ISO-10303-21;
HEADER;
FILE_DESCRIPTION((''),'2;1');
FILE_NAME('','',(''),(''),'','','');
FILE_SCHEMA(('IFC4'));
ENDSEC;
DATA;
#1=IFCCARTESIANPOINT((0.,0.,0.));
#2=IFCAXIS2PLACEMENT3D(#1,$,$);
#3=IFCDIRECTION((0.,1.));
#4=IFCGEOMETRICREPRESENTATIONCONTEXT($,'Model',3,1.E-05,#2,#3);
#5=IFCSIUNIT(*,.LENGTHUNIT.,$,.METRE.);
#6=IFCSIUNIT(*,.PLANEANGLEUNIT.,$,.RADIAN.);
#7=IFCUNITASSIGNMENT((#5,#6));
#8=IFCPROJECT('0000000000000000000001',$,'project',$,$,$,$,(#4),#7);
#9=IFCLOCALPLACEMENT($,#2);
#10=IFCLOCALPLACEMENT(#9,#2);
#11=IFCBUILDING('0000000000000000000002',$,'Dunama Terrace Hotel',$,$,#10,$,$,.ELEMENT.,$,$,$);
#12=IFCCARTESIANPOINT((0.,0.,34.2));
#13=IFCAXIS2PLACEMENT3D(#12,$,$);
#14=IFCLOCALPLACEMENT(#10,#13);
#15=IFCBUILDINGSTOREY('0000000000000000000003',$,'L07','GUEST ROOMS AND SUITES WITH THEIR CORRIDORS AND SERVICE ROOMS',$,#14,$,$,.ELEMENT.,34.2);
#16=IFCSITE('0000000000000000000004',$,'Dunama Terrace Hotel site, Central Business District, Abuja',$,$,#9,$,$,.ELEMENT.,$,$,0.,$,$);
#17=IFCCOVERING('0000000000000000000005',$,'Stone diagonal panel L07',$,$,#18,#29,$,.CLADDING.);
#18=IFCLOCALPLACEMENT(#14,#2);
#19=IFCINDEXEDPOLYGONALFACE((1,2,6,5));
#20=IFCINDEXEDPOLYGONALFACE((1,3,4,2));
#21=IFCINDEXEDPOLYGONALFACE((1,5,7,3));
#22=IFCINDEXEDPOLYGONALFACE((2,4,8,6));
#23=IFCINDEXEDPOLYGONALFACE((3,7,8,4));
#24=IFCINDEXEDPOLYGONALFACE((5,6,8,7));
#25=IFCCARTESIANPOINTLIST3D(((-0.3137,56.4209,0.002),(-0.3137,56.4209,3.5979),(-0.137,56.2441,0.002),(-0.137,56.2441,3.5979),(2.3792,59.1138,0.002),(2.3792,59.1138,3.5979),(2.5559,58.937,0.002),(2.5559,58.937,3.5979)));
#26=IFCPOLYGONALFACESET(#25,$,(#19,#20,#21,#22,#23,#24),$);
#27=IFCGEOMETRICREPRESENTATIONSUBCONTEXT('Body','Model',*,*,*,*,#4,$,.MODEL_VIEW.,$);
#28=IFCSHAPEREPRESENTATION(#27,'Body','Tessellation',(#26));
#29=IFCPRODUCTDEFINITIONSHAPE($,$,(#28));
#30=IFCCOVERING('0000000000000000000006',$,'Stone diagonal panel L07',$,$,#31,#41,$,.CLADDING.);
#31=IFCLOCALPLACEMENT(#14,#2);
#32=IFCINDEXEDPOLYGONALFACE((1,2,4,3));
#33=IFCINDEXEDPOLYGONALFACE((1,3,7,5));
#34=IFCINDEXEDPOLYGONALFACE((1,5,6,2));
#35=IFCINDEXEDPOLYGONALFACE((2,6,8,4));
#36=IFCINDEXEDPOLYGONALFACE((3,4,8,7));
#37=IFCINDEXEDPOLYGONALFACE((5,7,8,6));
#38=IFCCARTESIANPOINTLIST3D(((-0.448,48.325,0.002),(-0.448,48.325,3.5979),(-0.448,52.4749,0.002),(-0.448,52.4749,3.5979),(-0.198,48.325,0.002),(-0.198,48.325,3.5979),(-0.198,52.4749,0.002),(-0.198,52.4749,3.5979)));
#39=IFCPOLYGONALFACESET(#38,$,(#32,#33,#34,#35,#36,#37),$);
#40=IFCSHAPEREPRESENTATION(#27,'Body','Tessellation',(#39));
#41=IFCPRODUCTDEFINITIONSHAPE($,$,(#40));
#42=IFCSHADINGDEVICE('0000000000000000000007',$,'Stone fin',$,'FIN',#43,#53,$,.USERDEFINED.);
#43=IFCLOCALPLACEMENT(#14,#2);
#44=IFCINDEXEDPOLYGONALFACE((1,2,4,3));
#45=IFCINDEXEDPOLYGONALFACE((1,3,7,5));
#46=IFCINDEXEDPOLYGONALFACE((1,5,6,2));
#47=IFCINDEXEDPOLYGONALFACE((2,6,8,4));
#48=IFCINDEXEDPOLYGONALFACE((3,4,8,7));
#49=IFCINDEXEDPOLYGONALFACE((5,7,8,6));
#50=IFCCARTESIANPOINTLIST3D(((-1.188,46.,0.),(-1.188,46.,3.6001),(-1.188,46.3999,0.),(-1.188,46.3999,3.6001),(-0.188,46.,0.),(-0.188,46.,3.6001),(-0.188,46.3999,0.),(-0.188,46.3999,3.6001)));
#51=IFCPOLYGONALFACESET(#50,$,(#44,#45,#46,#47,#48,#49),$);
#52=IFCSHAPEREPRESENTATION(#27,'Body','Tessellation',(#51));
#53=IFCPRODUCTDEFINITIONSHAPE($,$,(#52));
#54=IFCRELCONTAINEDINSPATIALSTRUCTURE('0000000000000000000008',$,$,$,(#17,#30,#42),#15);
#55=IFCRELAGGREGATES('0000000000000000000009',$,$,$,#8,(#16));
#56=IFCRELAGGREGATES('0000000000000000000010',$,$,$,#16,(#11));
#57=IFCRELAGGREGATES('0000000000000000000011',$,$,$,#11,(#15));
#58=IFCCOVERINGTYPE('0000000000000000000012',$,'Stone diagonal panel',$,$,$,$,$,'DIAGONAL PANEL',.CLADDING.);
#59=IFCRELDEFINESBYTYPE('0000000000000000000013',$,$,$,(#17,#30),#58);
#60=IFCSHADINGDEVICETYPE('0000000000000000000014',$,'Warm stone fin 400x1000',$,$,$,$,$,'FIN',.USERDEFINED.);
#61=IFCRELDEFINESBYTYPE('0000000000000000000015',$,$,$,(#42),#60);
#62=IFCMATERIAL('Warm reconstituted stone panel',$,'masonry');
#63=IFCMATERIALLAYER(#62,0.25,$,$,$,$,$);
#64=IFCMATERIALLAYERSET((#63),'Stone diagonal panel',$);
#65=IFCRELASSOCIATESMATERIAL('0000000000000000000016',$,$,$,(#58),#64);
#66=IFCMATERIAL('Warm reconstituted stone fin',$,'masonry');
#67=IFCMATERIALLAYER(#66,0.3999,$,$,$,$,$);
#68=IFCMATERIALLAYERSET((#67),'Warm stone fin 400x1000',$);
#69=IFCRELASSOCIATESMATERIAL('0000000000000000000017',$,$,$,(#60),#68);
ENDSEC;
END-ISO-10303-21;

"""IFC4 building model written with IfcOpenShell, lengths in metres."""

from ifc_helpers import new_model, si_unit, direction, frame, origin, origin_2d, place, context, subcontext, project, spatial, rectangle, extrude, material, layer, layer_set, type_object, element, save


model = new_model("IFC4")

# Units and contexts
model_context = context("Model", 3, precision=1e-05, world=origin(), true_north=direction((0.0, 1.0)))
body_context = subcontext(model_context, "Body", "Model", "MODEL_VIEW")
ifc_project = project(units=[si_unit("LENGTHUNIT", "METRE"), si_unit("PLANEANGLEUNIT", "RADIAN")], contexts=[model_context])

# Site, building, storey
site_placement = place(None, origin())
site = spatial("IfcSite", under=ifc_project, at=site_placement, Name="Dunama Terrace Hotel site, Central Business District, Abuja", CompositionType="ELEMENT", RefElevation=0.0)
building_placement = place(site_placement, origin())
building = spatial("IfcBuilding", under=site, at=building_placement, Name="Dunama Terrace Hotel", CompositionType="ELEMENT")
storey_placement = place(building_placement, frame((0.0, 0.0, 34.2)))
storey = spatial("IfcBuildingStorey", under=building, at=storey_placement, Name="L07", Description="GUEST ROOMS AND SUITES WITH THEIR CORRIDORS AND SERVICE ROOMS", CompositionType="ELEMENT", Elevation=34.2)

# Coverings
ifc_material_1 = material(Name="Warm reconstituted stone panel", Category="masonry")
ifc_layer_1 = layer(ifc_material_1, 0.25)
ifc_layer_set_1 = layer_set([ifc_layer_1], Name="Stone diagonal panel")
covering_type = type_object("IfcCoveringType", Name="Stone diagonal panel", ElementType="DIAGONAL PANEL", PredefinedType="CLADDING", material=ifc_layer_set_1)
covering_1_placement = place(storey_placement, frame((1.1211, 57.679, 0.002), z_axis=(0.0, 0.0, 1.0), x_axis=(-0.707107, -0.707107, 0.0)))
element("IfcCovering", 1, at=covering_1_placement, inside=storey, type_object=covering_type, Name="Stone diagonal panel L07", PredefinedType="CLADDING", context=body_context, shape_type="SweptSolid", body=[
    extrude(rectangle(XDim=3.8083, YDim=0.25, at=origin_2d()), origin(), (0.0, 0.0, 1.0), 3.5959),
])
covering_2_placement = place(storey_placement, frame((-0.323, 50.3999, 0.002), z_axis=(0.0, 0.0, 1.0), x_axis=(0.0, -1.0, 0.0)))
element("IfcCovering", 2, at=covering_2_placement, inside=storey, type_object=covering_type, Name="Stone diagonal panel L07", PredefinedType="CLADDING", context=body_context, shape_type="SweptSolid", body=[
    extrude(rectangle(XDim=4.1499, YDim=0.25, at=origin_2d()), origin(), (0.0, 0.0, 1.0), 3.5959),
])

# Shading device
ifc_material_2 = material(Name="Warm reconstituted stone fin", Category="masonry")
ifc_layer_2 = layer(ifc_material_2, 0.3999)
ifc_layer_set_2 = layer_set([ifc_layer_2], Name="Warm stone fin 400x1000")
shading_device_type = type_object("IfcShadingDeviceType", Name="Warm stone fin 400x1000", ElementType="FIN", PredefinedType="USERDEFINED", material=ifc_layer_set_2)
shading_device_placement = place(storey_placement, frame((-0.688, 46.2, 0.0), z_axis=(0.0, 0.0, 1.0), x_axis=(0.0, -1.0, 0.0)))
element("IfcShadingDevice", 3, at=shading_device_placement, inside=storey, type_object=shading_device_type, Name="Stone fin", ObjectType="FIN", PredefinedType="USERDEFINED", context=body_context, shape_type="SweptSolid", body=[
    extrude(rectangle(XDim=0.3999, YDim=1.0, at=origin_2d()), origin(), (0.0, 0.0, 1.0), 3.6001),
])

save(model, "model.ifc")
